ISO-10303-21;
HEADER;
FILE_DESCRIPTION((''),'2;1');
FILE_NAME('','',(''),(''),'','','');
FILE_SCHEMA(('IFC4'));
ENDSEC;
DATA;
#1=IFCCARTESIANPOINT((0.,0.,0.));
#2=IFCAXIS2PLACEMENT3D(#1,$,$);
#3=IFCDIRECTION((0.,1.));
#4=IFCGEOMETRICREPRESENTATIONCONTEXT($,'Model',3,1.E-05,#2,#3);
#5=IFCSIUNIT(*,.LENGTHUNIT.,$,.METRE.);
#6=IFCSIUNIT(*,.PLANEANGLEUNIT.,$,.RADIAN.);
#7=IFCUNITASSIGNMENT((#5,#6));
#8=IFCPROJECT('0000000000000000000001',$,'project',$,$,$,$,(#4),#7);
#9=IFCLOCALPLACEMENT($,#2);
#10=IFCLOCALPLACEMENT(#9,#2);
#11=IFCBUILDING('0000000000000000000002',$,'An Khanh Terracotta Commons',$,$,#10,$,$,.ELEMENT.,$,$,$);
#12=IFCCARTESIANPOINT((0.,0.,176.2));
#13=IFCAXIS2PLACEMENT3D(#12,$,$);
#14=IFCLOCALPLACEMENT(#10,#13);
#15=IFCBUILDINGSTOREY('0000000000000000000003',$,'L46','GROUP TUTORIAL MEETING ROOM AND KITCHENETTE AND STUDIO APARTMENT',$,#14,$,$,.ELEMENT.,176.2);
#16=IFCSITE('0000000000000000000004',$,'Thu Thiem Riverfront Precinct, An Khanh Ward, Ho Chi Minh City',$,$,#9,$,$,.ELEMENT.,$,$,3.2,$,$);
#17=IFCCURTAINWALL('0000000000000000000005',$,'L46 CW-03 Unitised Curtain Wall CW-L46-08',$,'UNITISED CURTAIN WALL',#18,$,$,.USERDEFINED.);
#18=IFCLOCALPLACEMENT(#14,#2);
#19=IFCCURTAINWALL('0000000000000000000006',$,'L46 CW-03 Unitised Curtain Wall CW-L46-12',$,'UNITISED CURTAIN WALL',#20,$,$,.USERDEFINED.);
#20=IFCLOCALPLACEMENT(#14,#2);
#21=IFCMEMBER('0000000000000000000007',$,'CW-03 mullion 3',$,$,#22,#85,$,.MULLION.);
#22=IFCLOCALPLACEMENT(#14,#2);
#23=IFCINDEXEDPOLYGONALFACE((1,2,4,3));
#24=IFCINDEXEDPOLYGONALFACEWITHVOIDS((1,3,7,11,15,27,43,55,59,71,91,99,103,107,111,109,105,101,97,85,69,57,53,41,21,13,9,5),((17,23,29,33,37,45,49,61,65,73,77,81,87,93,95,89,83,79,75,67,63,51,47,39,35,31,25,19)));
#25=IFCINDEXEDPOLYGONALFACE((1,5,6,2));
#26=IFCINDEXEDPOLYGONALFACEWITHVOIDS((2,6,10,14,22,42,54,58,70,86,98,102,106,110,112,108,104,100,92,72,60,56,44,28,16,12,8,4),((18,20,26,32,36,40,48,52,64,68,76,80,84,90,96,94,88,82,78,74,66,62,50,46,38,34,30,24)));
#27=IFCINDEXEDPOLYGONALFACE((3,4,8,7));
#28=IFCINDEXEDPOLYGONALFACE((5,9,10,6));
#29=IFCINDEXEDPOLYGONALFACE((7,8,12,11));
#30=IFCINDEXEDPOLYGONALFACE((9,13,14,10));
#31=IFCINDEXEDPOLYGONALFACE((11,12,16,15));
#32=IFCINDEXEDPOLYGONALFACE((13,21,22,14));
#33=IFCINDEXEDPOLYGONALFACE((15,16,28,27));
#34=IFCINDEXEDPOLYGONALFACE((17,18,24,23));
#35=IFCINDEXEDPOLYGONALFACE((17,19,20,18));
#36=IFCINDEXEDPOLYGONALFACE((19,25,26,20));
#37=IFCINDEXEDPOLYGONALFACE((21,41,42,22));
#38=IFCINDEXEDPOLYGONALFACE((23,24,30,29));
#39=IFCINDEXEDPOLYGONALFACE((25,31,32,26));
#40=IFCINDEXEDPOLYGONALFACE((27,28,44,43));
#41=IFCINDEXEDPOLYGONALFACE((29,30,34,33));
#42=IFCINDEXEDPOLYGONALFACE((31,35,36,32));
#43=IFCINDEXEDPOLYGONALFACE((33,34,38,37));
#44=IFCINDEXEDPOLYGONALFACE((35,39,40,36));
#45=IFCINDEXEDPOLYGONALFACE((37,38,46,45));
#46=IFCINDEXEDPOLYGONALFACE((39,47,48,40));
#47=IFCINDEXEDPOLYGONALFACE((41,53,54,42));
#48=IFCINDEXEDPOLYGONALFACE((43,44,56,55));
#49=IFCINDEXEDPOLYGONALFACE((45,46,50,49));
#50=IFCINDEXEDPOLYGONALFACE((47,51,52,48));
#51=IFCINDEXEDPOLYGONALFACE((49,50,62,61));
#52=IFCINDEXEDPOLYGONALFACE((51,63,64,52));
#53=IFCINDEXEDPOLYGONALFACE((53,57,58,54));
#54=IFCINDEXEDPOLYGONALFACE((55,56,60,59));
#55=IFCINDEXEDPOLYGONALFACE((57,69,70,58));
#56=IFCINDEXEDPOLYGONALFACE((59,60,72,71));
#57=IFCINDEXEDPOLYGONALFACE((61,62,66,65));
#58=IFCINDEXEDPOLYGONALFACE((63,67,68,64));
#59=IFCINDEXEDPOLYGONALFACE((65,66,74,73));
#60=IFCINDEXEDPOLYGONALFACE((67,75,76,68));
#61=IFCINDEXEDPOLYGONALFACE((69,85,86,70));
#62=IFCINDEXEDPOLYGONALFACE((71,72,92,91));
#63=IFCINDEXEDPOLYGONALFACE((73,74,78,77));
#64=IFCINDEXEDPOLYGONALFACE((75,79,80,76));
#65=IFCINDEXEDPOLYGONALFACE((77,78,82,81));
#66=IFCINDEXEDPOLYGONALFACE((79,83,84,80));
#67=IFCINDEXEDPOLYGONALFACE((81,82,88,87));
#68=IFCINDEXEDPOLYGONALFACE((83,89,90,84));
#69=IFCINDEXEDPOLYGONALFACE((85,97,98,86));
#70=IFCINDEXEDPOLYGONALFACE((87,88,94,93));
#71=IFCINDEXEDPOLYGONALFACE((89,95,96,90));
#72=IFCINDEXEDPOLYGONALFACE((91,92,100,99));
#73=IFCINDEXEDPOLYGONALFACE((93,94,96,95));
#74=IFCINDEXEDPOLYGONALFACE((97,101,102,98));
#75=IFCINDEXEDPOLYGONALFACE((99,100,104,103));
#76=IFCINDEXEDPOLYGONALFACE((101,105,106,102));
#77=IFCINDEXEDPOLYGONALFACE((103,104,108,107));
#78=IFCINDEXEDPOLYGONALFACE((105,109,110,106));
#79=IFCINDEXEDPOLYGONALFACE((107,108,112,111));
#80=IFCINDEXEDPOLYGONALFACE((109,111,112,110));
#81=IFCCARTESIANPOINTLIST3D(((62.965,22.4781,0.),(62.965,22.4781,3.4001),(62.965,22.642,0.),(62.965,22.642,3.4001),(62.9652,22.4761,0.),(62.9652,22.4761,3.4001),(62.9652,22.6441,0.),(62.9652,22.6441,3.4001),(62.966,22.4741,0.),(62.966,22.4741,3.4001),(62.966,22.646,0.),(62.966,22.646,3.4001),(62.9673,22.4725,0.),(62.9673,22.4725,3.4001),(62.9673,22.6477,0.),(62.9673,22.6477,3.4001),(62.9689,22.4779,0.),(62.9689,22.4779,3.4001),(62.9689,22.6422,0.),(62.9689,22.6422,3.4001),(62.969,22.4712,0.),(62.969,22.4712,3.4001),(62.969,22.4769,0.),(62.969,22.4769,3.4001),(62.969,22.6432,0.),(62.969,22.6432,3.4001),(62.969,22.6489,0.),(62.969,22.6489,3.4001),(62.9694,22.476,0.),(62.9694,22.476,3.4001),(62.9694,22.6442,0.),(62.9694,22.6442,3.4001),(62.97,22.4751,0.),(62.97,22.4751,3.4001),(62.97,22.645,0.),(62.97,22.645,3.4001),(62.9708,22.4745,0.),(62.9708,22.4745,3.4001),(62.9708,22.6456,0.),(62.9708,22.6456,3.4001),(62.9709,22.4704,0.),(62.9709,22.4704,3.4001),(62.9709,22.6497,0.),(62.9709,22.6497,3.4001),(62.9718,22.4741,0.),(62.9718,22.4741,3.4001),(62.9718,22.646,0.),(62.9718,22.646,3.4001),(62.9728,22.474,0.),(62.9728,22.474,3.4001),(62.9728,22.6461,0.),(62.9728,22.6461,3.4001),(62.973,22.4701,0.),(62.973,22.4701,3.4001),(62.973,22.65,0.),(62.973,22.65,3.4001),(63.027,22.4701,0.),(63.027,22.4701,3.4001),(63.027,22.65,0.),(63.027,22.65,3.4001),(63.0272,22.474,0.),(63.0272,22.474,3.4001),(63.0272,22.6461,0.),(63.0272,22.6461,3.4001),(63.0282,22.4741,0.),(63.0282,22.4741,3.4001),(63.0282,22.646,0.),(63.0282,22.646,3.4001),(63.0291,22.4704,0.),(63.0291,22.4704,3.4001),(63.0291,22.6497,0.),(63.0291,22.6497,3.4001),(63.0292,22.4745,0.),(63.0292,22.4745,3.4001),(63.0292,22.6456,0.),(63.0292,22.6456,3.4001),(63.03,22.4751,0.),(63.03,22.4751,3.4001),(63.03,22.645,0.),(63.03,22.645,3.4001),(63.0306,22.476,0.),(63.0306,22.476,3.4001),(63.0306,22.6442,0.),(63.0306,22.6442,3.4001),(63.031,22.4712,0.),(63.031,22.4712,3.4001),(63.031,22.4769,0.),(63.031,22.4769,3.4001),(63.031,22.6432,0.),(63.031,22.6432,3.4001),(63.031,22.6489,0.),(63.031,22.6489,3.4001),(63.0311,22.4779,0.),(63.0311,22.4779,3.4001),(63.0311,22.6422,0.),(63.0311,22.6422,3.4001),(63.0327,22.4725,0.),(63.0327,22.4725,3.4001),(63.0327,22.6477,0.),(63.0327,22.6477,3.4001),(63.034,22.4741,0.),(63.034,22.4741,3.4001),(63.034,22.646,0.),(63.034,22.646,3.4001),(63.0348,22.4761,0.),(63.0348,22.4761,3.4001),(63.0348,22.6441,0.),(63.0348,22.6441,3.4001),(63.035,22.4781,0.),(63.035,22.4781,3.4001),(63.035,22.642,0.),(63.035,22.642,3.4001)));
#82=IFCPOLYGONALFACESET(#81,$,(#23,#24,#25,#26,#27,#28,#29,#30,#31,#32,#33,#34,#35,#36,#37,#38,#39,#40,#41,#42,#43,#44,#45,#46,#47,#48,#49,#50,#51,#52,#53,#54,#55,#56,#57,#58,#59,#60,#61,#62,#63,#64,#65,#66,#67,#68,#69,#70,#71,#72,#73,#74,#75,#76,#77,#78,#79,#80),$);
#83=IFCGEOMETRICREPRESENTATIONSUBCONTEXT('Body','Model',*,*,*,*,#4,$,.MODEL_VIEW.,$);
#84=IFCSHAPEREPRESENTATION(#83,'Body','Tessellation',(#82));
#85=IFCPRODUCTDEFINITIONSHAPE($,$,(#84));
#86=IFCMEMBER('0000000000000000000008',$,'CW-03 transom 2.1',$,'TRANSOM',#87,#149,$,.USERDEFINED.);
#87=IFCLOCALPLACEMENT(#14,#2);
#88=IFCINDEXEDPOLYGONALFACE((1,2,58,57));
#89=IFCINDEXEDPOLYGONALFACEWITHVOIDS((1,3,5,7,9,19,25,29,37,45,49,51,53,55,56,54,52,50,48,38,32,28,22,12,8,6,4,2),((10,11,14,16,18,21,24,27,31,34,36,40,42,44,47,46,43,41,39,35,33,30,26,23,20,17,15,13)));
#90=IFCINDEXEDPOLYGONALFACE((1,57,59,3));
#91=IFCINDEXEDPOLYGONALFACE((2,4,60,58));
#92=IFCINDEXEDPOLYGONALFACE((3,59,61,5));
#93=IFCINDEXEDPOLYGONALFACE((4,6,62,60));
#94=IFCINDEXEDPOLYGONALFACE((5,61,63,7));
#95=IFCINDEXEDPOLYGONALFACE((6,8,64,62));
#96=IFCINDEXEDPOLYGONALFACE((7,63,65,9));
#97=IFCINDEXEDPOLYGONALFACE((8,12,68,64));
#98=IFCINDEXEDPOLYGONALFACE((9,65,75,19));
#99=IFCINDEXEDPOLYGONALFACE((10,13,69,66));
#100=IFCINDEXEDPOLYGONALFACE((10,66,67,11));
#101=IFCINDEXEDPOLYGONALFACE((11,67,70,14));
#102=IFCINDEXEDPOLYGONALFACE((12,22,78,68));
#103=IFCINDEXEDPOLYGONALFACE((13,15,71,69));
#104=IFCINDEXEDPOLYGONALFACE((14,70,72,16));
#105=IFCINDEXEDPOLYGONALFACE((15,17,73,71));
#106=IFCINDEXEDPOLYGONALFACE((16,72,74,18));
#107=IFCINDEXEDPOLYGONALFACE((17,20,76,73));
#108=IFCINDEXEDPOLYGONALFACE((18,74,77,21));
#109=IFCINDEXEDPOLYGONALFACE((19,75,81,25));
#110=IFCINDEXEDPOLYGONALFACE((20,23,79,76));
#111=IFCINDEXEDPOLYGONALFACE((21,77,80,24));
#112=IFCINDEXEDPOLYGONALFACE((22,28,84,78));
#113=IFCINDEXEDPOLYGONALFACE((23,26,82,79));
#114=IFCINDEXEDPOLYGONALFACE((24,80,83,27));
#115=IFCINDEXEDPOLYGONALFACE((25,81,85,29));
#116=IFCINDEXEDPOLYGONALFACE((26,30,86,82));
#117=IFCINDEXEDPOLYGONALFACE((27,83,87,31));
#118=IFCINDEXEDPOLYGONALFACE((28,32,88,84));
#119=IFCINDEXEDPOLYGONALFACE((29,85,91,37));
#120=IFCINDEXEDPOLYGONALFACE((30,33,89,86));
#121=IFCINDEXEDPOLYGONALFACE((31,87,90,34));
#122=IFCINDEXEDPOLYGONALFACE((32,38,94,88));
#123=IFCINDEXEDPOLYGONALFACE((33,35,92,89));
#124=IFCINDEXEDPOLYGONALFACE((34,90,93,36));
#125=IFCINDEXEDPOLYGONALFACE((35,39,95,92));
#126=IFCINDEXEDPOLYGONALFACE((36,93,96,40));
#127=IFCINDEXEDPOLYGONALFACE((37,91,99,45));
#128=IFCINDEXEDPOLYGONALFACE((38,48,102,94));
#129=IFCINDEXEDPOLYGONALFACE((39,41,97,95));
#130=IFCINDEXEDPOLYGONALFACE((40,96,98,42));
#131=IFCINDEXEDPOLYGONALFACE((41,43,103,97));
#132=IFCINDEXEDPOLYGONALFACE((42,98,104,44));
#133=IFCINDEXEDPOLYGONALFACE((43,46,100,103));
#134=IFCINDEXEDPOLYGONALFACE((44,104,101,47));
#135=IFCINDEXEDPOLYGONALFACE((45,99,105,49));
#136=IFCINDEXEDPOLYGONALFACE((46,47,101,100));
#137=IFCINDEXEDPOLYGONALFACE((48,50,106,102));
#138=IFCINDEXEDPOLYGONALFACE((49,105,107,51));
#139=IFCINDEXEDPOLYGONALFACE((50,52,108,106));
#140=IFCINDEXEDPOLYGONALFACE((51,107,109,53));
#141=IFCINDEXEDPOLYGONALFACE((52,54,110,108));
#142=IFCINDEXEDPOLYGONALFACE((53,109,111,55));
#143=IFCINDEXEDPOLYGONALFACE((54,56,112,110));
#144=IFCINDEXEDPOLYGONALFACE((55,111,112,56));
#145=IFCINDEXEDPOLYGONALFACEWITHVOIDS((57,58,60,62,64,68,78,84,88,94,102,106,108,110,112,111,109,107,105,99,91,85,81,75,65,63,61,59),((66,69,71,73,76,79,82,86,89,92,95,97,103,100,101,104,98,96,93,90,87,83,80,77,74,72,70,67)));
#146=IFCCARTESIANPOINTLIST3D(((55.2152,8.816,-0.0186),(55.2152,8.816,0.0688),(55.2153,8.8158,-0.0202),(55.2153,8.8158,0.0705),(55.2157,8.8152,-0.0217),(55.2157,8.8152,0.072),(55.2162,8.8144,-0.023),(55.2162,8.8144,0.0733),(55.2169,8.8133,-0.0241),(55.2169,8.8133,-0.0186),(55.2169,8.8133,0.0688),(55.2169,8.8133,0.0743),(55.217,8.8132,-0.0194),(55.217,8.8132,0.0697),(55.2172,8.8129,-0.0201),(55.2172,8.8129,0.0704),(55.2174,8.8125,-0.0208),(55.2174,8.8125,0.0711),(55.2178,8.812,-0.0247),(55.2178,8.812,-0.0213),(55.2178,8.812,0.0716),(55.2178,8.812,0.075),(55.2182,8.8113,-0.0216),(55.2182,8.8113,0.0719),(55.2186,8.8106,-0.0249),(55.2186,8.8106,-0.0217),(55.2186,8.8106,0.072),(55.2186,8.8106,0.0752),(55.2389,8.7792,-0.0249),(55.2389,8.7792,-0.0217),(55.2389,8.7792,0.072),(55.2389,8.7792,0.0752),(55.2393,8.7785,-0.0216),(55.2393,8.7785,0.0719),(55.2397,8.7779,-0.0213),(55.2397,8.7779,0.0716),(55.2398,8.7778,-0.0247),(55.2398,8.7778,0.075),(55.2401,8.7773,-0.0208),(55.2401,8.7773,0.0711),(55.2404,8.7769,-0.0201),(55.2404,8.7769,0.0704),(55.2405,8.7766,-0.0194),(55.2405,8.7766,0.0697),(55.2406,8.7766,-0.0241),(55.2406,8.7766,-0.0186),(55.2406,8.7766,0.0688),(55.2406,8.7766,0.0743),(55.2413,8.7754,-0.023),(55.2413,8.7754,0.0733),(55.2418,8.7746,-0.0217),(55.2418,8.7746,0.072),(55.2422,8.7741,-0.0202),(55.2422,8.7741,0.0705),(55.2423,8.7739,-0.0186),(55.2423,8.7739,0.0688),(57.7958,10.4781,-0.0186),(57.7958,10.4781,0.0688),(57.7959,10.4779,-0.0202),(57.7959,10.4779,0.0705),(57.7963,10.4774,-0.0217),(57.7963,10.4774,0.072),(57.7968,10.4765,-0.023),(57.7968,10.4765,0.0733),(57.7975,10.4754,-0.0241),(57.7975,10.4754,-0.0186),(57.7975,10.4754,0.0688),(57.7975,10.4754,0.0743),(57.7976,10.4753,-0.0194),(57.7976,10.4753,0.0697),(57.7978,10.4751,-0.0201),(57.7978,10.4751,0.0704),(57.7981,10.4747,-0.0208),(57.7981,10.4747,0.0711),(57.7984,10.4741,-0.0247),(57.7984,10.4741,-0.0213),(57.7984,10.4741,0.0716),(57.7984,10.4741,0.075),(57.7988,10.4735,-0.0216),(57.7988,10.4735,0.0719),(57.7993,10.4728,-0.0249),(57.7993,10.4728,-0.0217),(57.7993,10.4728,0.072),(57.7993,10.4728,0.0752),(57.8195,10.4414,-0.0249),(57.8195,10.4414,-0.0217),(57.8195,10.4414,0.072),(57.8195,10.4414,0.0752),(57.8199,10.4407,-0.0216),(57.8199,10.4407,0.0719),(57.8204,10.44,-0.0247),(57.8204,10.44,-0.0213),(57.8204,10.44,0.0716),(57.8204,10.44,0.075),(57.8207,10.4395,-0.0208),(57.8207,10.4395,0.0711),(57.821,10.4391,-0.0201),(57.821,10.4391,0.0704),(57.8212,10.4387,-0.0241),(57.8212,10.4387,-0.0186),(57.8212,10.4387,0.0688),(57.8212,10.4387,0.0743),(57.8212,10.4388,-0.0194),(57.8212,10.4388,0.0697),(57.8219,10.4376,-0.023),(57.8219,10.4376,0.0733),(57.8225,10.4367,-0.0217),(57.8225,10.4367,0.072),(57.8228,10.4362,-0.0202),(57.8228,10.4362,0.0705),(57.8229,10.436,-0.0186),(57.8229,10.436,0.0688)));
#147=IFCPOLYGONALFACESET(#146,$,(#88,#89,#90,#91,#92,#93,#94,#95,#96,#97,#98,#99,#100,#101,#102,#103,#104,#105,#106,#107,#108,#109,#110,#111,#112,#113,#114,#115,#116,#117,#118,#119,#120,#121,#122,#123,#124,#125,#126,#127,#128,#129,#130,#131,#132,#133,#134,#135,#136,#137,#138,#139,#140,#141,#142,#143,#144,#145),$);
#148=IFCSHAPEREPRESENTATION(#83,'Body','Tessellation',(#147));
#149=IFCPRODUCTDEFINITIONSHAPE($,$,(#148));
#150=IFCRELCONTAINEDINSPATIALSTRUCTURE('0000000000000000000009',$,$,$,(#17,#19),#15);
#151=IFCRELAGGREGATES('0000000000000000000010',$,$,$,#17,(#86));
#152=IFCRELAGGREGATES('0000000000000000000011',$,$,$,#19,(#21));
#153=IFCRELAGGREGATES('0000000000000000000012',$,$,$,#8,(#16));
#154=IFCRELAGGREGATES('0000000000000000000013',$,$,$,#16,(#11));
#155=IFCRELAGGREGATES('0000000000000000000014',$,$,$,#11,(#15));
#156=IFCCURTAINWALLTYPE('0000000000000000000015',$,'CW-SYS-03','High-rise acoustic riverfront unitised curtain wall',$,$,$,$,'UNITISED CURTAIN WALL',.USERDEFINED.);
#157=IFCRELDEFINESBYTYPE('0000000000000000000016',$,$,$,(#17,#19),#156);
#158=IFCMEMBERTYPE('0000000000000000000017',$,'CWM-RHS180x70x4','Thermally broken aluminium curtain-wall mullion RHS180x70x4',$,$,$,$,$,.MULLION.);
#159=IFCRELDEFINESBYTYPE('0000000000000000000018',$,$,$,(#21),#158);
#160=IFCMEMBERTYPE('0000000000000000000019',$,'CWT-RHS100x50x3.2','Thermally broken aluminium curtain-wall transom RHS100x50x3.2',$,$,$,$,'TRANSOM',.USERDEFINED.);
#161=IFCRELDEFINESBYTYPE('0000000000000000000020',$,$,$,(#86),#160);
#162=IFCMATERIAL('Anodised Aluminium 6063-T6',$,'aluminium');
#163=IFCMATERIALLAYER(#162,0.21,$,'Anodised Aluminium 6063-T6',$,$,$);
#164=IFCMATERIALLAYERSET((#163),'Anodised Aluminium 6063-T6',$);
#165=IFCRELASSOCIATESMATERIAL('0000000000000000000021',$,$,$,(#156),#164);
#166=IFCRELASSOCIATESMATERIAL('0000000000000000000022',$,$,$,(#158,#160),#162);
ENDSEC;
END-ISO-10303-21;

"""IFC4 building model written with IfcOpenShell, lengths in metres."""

from ifc_helpers import new_model, si_unit, direction, frame, origin, origin_2d, place, context, subcontext, project, spatial, hollow_rectangle, extrude, material, layer, layer_set, material_profile, profile_set, type_object, element, aggregate, save


model = new_model("IFC4")

# Units and contexts
model_context = context("Model", 3, precision=1e-05, world=origin(), true_north=direction((0.0, 1.0)))
body_context = subcontext(model_context, "Body", "Model", "MODEL_VIEW")
ifc_project = project(units=[si_unit("LENGTHUNIT", "METRE"), si_unit("PLANEANGLEUNIT", "RADIAN")], contexts=[model_context])

# Site, building, storey
site_placement = place(None, origin())
site = spatial("IfcSite", under=ifc_project, at=site_placement, Name="Thu Thiem Riverfront Precinct, An Khanh Ward, Ho Chi Minh City", CompositionType="ELEMENT", RefElevation=3.2)
building_placement = place(site_placement, origin())
building = spatial("IfcBuilding", under=site, at=building_placement, Name="An Khanh Terracotta Commons", CompositionType="ELEMENT")
storey_placement = place(building_placement, frame((0.0, 0.0, 176.2)))
storey = spatial("IfcBuildingStorey", under=building, at=storey_placement, Name="L46", Description="GROUP TUTORIAL MEETING ROOM AND KITCHENETTE AND STUDIO APARTMENT", CompositionType="ELEMENT", Elevation=176.2)

# Curtain walls, member
ifc_material_1 = material(Name="Anodised Aluminium 6063-T6", Category="aluminium")
ifc_layer_1 = layer(ifc_material_1, 0.21, Name="Anodised Aluminium 6063-T6")
ifc_layer_set_1 = layer_set([ifc_layer_1], Name="Anodised Aluminium 6063-T6")
curtain_wall_type = type_object("IfcCurtainWallType", Name="CW-SYS-03", Description="High-rise acoustic riverfront unitised curtain wall", ElementType="UNITISED CURTAIN WALL", PredefinedType="USERDEFINED", material=ifc_layer_set_1)
curtain_wall_1_placement = place(storey_placement, origin())
curtain_wall_1 = element("IfcCurtainWall", 1, at=curtain_wall_1_placement, inside=storey, type_object=curtain_wall_type, Name="L46 CW-03 Unitised Curtain Wall CW-L46-08", ObjectType="UNITISED CURTAIN WALL", PredefinedType="USERDEFINED")
ifc_material_profile_1 = material_profile(ifc_material_1, hollow_rectangle(XDim=0.0701, YDim=0.1799, WallThickness=0.0039, InnerFilletRadius=0.0039, OuterFilletRadius=0.0081, at=origin_2d()), Name="RHS180x70x4")
ifc_profile_set_1 = profile_set([ifc_material_profile_1], Name="Anodised Aluminium 6063-T6")
member_type_1 = type_object("IfcMemberType", Name="CWM-RHS180x70x4", Description="Thermally broken aluminium curtain-wall mullion RHS180x70x4", PredefinedType="MULLION", material=ifc_profile_set_1)
curtain_wall_2_placement = place(storey_placement, origin())
curtain_wall_2 = element("IfcCurtainWall", 2, at=curtain_wall_2_placement, inside=storey, type_object=curtain_wall_type, Name="L46 CW-03 Unitised Curtain Wall CW-L46-12", ObjectType="UNITISED CURTAIN WALL", PredefinedType="USERDEFINED")
member_1_placement = place(storey_placement, frame((63.0, 22.5601, 0.0), z_axis=(0.0, 0.0, 1.0), x_axis=(-1.0, 0.0, 0.0)))
member_1 = element("IfcMember", 3, at=member_1_placement, type_object=member_type_1, Name="CW-03 mullion 3", PredefinedType="MULLION", context=body_context, shape_type="SweptSolid", body=[
    extrude(hollow_rectangle(XDim=0.0701, YDim=0.1799, WallThickness=0.0039, InnerFilletRadius=0.0039, OuterFilletRadius=0.0081, at=origin_2d()), origin(), (0.0, 0.0, 1.0), 3.4001),
])

# Member
ifc_material_profile_2 = material_profile(ifc_material_1, hollow_rectangle(XDim=0.05, YDim=0.1001, WallThickness=0.0032, InnerFilletRadius=0.0032, OuterFilletRadius=0.0063, at=origin_2d()), Name="RHS100x50x3.2")
ifc_profile_set_2 = profile_set([ifc_material_profile_2], Name="Anodised Aluminium 6063-T6")
member_type_2 = type_object("IfcMemberType", Name="CWT-RHS100x50x3.2", Description="Thermally broken aluminium curtain-wall transom RHS100x50x3.2", ElementType="TRANSOM", PredefinedType="USERDEFINED", material=ifc_profile_set_2)
member_2_placement = place(storey_placement, frame((55.2288, 8.7949, 0.0251), z_axis=(0.840708, 0.541489, 0.0), x_axis=(-0.541489, 0.840708, 0.0)))
member_2 = element("IfcMember", 4, at=member_2_placement, type_object=member_type_2, Name="CW-03 transom 2.1", ObjectType="TRANSOM", PredefinedType="USERDEFINED", context=body_context, shape_type="SweptSolid", body=[
    extrude(hollow_rectangle(XDim=0.05, YDim=0.1001, WallThickness=0.0032, InnerFilletRadius=0.0032, OuterFilletRadius=0.0063, at=origin_2d()), origin(), (0.0, 0.0, 1.0), 3.0696),
])

aggregate(curtain_wall_1, [member_2])
aggregate(curtain_wall_2, [member_1])

save(model, "model.ifc")
